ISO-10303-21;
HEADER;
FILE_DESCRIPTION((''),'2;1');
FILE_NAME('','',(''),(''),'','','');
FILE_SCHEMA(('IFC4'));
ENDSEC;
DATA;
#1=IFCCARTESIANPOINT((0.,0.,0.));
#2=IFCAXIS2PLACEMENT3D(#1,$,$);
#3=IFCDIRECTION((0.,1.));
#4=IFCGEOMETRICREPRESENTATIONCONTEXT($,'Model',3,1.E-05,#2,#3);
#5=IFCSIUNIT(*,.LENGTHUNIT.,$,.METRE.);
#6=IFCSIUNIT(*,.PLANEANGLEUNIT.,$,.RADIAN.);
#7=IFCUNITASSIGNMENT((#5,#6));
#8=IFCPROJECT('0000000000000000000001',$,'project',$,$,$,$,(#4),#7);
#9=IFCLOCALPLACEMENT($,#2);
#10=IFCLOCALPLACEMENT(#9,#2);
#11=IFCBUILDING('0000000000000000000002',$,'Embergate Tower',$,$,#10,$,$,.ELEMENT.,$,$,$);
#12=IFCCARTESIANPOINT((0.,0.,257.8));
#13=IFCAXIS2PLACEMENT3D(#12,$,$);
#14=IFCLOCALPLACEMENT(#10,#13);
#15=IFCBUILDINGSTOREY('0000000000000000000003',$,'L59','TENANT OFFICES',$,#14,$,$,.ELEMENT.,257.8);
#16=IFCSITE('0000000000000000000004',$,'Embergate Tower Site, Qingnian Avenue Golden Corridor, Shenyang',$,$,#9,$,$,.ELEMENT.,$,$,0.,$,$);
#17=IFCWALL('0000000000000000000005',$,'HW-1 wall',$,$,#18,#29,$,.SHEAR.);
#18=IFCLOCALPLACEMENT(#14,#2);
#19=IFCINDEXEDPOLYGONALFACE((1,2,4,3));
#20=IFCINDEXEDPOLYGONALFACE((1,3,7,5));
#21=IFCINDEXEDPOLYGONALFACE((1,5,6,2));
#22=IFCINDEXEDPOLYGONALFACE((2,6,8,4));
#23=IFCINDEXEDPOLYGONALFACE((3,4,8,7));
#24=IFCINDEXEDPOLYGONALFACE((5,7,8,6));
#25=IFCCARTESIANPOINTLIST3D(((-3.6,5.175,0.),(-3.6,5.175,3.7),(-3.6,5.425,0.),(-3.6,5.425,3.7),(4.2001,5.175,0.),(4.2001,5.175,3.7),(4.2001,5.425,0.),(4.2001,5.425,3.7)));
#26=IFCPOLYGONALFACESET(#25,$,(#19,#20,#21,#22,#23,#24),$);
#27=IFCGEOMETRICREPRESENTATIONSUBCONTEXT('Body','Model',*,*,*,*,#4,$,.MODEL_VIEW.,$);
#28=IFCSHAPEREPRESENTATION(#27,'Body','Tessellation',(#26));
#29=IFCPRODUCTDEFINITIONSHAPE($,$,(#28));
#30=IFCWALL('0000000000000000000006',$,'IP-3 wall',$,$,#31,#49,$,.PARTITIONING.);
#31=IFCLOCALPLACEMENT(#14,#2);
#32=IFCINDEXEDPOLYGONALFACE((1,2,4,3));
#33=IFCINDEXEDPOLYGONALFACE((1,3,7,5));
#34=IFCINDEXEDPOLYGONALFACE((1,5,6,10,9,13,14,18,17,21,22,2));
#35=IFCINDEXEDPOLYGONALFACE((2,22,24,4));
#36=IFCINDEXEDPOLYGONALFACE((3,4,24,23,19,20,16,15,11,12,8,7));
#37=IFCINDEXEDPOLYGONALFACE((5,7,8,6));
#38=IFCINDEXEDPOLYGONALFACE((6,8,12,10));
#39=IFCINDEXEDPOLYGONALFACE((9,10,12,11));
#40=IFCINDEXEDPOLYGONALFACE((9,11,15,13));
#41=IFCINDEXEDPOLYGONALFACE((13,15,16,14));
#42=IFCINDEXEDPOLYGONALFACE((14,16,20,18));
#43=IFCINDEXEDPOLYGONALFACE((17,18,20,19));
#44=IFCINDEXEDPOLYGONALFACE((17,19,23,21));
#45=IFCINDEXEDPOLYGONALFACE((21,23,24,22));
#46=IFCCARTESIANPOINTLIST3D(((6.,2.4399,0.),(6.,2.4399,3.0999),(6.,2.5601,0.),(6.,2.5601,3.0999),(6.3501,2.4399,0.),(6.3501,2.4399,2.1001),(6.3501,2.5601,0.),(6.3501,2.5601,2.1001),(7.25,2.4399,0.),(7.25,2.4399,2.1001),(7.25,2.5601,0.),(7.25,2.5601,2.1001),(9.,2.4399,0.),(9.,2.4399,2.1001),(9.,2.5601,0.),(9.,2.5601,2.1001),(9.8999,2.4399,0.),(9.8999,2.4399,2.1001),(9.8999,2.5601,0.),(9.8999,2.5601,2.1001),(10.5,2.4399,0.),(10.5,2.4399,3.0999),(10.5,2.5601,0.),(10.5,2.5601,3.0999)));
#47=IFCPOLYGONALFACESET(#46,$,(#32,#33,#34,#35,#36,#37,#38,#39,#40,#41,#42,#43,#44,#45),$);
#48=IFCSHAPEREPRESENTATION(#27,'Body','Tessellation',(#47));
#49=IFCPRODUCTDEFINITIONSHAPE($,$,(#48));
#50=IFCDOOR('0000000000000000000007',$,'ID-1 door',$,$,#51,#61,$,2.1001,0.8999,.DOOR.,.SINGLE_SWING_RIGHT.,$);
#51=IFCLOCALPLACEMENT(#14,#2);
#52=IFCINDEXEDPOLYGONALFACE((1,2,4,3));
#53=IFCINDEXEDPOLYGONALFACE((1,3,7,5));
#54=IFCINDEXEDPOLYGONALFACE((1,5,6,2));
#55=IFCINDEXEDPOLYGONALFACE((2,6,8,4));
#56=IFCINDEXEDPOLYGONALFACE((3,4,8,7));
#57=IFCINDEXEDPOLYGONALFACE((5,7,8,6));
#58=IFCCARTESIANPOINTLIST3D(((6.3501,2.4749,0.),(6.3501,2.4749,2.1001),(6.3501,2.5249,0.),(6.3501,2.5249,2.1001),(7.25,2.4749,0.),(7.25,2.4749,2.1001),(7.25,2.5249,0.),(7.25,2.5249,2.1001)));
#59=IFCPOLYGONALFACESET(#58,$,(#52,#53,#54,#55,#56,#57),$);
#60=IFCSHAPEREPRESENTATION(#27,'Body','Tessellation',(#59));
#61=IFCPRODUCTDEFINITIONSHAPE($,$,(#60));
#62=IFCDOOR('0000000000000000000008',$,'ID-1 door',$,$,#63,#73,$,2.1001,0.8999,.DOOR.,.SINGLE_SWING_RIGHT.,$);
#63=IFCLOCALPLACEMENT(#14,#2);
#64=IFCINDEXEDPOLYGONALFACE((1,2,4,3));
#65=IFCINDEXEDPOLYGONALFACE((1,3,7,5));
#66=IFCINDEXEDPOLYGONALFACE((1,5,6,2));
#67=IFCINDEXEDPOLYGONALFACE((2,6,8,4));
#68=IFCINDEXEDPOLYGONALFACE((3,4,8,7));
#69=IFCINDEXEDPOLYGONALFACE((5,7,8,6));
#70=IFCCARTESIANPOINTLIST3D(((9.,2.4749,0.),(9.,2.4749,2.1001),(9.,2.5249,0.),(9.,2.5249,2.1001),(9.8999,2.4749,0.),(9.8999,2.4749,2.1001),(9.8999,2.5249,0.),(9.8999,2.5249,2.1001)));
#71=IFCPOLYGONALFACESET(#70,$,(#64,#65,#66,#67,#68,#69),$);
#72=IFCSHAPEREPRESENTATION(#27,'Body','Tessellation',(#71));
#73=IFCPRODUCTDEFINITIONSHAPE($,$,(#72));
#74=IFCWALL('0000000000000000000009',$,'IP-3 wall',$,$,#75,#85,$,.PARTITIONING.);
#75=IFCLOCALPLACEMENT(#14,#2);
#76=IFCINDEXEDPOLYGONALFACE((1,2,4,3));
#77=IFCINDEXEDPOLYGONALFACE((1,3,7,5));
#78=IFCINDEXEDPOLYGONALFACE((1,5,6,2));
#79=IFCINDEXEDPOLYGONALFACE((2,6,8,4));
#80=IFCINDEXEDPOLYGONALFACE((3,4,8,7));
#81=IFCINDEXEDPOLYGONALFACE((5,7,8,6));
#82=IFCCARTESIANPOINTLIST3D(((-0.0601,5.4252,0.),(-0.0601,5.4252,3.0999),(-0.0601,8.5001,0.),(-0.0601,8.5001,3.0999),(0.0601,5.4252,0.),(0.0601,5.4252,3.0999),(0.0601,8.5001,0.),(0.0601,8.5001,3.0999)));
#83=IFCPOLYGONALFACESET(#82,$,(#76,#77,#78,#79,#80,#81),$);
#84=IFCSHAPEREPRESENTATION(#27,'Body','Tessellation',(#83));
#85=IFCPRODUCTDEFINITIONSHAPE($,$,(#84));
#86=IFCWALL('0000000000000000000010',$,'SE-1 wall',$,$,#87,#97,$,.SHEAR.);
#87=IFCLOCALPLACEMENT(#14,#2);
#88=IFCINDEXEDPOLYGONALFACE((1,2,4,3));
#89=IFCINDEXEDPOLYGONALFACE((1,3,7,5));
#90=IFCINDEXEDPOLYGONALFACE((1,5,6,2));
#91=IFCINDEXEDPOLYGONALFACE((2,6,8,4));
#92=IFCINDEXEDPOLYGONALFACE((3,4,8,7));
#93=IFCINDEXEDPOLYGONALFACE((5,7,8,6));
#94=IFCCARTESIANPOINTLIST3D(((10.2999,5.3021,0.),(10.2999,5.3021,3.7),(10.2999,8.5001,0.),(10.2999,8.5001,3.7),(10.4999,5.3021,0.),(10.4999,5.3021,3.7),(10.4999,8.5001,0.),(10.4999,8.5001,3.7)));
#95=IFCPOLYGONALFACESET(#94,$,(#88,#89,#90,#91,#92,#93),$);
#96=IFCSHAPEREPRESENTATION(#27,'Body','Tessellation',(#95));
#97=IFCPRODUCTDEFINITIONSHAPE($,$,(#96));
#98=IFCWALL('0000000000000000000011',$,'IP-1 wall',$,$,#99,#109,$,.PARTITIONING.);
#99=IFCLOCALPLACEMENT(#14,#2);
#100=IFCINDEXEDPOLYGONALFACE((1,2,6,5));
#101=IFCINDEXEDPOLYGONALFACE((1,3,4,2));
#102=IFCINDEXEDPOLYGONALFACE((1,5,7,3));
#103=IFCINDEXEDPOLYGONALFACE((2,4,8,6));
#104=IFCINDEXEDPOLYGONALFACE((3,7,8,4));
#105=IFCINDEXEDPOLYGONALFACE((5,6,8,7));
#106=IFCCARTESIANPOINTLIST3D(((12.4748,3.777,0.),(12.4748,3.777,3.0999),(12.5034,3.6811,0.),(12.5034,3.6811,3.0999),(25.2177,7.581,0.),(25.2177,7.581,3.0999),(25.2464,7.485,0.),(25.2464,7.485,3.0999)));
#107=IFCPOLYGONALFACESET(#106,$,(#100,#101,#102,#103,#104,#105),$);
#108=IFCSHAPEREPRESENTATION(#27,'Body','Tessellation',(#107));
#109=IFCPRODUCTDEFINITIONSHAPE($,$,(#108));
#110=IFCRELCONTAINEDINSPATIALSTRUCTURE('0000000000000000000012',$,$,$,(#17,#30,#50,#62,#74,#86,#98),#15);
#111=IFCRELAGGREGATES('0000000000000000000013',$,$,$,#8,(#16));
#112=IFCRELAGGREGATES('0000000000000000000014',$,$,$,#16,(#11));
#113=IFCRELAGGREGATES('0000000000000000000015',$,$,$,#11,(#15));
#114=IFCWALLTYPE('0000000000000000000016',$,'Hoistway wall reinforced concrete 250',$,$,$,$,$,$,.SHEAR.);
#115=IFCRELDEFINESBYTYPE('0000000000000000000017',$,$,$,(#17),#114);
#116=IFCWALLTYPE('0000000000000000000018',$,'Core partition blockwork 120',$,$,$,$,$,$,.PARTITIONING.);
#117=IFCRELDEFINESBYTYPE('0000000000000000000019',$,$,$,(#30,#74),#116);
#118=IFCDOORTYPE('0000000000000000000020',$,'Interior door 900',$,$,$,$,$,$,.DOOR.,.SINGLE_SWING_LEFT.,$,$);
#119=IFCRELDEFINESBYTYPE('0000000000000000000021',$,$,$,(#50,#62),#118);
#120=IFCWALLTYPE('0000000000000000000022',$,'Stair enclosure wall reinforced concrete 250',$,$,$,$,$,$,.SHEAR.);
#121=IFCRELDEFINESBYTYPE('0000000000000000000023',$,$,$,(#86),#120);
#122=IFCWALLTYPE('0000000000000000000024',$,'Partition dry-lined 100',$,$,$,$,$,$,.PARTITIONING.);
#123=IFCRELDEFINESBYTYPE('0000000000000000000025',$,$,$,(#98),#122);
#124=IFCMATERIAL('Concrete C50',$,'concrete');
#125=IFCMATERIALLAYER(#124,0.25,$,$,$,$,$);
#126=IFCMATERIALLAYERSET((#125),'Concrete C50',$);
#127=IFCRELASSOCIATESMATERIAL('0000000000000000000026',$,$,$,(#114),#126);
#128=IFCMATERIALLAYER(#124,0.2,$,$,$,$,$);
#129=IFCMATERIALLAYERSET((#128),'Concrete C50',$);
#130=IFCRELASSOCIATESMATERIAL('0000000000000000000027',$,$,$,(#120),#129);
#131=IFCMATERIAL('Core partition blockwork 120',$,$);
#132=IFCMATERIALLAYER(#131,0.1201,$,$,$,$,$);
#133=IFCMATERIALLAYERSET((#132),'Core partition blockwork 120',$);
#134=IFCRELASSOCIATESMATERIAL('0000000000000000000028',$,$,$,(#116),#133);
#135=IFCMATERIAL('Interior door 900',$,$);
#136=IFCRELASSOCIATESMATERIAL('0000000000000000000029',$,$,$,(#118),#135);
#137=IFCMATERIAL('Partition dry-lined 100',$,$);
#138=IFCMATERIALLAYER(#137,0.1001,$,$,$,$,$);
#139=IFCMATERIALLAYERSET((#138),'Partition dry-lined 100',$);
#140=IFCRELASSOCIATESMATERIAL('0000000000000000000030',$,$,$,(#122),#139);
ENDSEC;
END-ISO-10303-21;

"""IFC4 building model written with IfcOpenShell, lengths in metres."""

from ifc_helpers import new_model, si_unit, direction, frame, frame_2d, origin, place, context, subcontext, project, spatial, rectangle, extrude, source, transform, mapped, material, layer, layer_set, type_object, element, fill, save


model = new_model("IFC4")

# Units and contexts
model_context = context("Model", 3, precision=1e-05, world=origin(), true_north=direction((0.0, 1.0)))
body_context = subcontext(model_context, "Body", "Model", "MODEL_VIEW")
ifc_project = project(units=[si_unit("LENGTHUNIT", "METRE"), si_unit("PLANEANGLEUNIT", "RADIAN")], contexts=[model_context])

# Site, building, storey
site_placement = place(None, origin())
site = spatial("IfcSite", under=ifc_project, at=site_placement, Name="Embergate Tower Site, Qingnian Avenue Golden Corridor, Shenyang", CompositionType="ELEMENT", RefElevation=0.0)
building_placement = place(site_placement, origin())
building = spatial("IfcBuilding", under=site, at=building_placement, Name="Embergate Tower", CompositionType="ELEMENT")
storey_placement = place(building_placement, frame((0.0, 0.0, 257.8)))
storey = spatial("IfcBuildingStorey", under=building, at=storey_placement, Name="L59", Description="TENANT OFFICES", CompositionType="ELEMENT", Elevation=257.8)

# Shared definitions
ifc_material_1 = material(Name="Concrete C50", Category="concrete")
ifc_layer_1 = layer(ifc_material_1, 0.25)
ifc_layer_set_1 = layer_set([ifc_layer_1], Name="Concrete C50")
wall_type_1 = type_object("IfcWallType", Name="Hoistway wall reinforced concrete 250", PredefinedType="SHEAR", material=ifc_layer_set_1)

# Shared definitions
ifc_layer_2 = layer(ifc_material_1, 0.2)
ifc_layer_set_2 = layer_set([ifc_layer_2], Name="Concrete C50")
wall_type_2 = type_object("IfcWallType", Name="Stair enclosure wall reinforced concrete 250", PredefinedType="SHEAR", material=ifc_layer_set_2)
ifc_material_2 = material(Name="Core partition blockwork 120")
ifc_layer_3 = layer(ifc_material_2, 0.1201)
ifc_layer_set_3 = layer_set([ifc_layer_3], Name="Core partition blockwork 120")
wall_type_3 = type_object("IfcWallType", Name="Core partition blockwork 120", PredefinedType="PARTITIONING", material=ifc_layer_set_3)

# Wall
shared_shape_1 = source(origin(), body_context, "Body", "SweptSolid", [
    extrude(rectangle(XDim=7.8, YDim=0.25, at=frame_2d((3.8999, 0.0))), origin(), (0.0, 0.0, 1.0), 3.7),
])
wall_1_placement = place(storey_placement, frame((4.2, 5.3, 0.0), z_axis=(0.0, 0.0, 1.0), x_axis=(-1.0, 0.0, 0.0)))
element("IfcWall", 1, at=wall_1_placement, inside=storey, type_object=wall_type_1, Name="HW-1 wall", PredefinedType="SHEAR", context=body_context, shape_type="MappedRepresentation", body=[
    mapped(shared_shape_1, transform((0.0, 0.0, 0.0))),
])

# Wall, openings, doors
shared_shape_2 = source(origin(), body_context, "Body", "SweptSolid", [
    extrude(rectangle(XDim=4.5, YDim=0.1201, at=frame_2d((2.25, 0.0))), origin(), (0.0, 0.0, 1.0), 3.0999),
])
wall_2_placement = place(storey_placement, frame((6.0, 2.5, 0.0), z_axis=(0.0, 0.0, 1.0), x_axis=(1.0, 0.0, 0.0)))
wall_2 = element("IfcWall", 2, at=wall_2_placement, inside=storey, type_object=wall_type_3, Name="IP-3 wall", PredefinedType="PARTITIONING", context=body_context, shape_type="MappedRepresentation", body=[
    mapped(shared_shape_2, transform((0.0, 0.0, 0.0))),
])
shared_shape_3 = source(origin(), body_context, "Body", "SweptSolid", [
    extrude(rectangle(XDim=0.8999, YDim=2.1001, at=frame_2d((0.45, 1.05))), frame((0.0, 0.0701, 0.0), z_axis=(0.0, -1.0, 0.0), x_axis=(1.0, 0.0, 0.0)), (0.0, 0.0, 1.0), 0.1401),
])
opening_1_placement = place(wall_2_placement, frame((0.3501, 0.0, 0.0)))
opening_1 = element("IfcOpeningElement", 3, at=opening_1_placement, cuts=wall_2, PredefinedType="OPENING", context=body_context, shape_type="MappedRepresentation", body=[
    mapped(shared_shape_3, transform((0.0, 0.0, 0.0))),
])
opening_2_placement = place(wall_2_placement, frame((3.0, 0.0, 0.0)))
opening_2 = element("IfcOpeningElement", 4, at=opening_2_placement, cuts=wall_2, PredefinedType="OPENING", context=body_context, shape_type="MappedRepresentation", body=[
    mapped(shared_shape_3, transform((0.0, 0.0, 0.0))),
])
ifc_material_3 = material(Name="Interior door 900")
door_type_1 = type_object("IfcDoorType", Name="Interior door 900", OperationType="SINGLE_SWING_LEFT", PredefinedType="DOOR", material=ifc_material_3)
shared_shape_4 = source(origin(), body_context, "Body", "SweptSolid", [
    extrude(rectangle(XDim=0.8999, YDim=2.1001, at=frame_2d((0.45, 1.05))), frame((0.0, 0.0249, 0.0), z_axis=(0.0, -1.0, 0.0), x_axis=(1.0, 0.0, 0.0)), (0.0, 0.0, 1.0), 0.05),
])
door_1_placement = place(opening_1_placement, origin())
door_1 = element("IfcDoor", 5, at=door_1_placement, inside=storey, type_object=door_type_1, Name="ID-1 door", OperationType="SINGLE_SWING_RIGHT", OverallHeight=2.1001, OverallWidth=0.8999, PredefinedType="DOOR", context=body_context, shape_type="MappedRepresentation", body=[
    mapped(shared_shape_4, transform((0.0, 0.0, 0.0))),
])
fill(opening_1, door_1)
door_2_placement = place(opening_2_placement, origin())
door_2 = element("IfcDoor", 6, at=door_2_placement, inside=storey, type_object=door_type_1, Name="ID-1 door", OperationType="SINGLE_SWING_RIGHT", OverallHeight=2.1001, OverallWidth=0.8999, PredefinedType="DOOR", context=body_context, shape_type="MappedRepresentation", body=[
    mapped(shared_shape_4, transform((0.0, 0.0, 0.0))),
])
fill(opening_2, door_2)

# Walls
shared_shape_5 = source(origin(), body_context, "Body", "SweptSolid", [
    extrude(rectangle(XDim=3.075, YDim=0.1201, at=frame_2d((1.5376, 0.0))), origin(), (0.0, 0.0, 1.0), 3.0999),
])
wall_3_placement = place(storey_placement, frame((0.0, 5.425, 0.0), z_axis=(0.0, 0.0, 1.0), x_axis=(0.0, 1.0, 0.0)))
element("IfcWall", 7, at=wall_3_placement, inside=storey, type_object=wall_type_3, Name="IP-3 wall", PredefinedType="PARTITIONING", context=body_context, shape_type="MappedRepresentation", body=[
    mapped(shared_shape_5, transform((0.0, 0.0, 0.0))),
])
shared_shape_6 = source(origin(), body_context, "Body", "SweptSolid", [
    extrude(rectangle(XDim=3.198, YDim=0.2, at=frame_2d((1.5991, 0.0))), origin(), (0.0, 0.0, 1.0), 3.7),
])
wall_4_placement = place(storey_placement, frame((10.3999, 5.302, 0.0), z_axis=(0.0, 0.0, 1.0), x_axis=(0.0, 1.0, 0.0)))
element("IfcWall", 8, at=wall_4_placement, inside=storey, type_object=wall_type_2, Name="SE-1 wall", PredefinedType="SHEAR", context=body_context, shape_type="MappedRepresentation", body=[
    mapped(shared_shape_6, transform((0.0, 0.0, 0.0))),
])
ifc_material_4 = material(Name="Partition dry-lined 100")
ifc_layer_4 = layer(ifc_material_4, 0.1001)
ifc_layer_set_4 = layer_set([ifc_layer_4], Name="Partition dry-lined 100")
wall_type_4 = type_object("IfcWallType", Name="Partition dry-lined 100", PredefinedType="PARTITIONING", material=ifc_layer_set_4)
shared_shape_7 = source(origin(), body_context, "Body", "SweptSolid", [
    extrude(rectangle(XDim=13.2986, YDim=0.1001, at=frame_2d((6.6494, 0.0))), origin(), (0.0, 0.0, 1.0), 3.0999),
])
wall_5_placement = place(storey_placement, frame((12.489, 3.729, 0.0), z_axis=(0.0, 0.0, 1.0), x_axis=(0.958217, 0.286042, 0.0)))
element("IfcWall", 9, at=wall_5_placement, inside=storey, type_object=wall_type_4, Name="IP-1 wall", PredefinedType="PARTITIONING", context=body_context, shape_type="MappedRepresentation", body=[
    mapped(shared_shape_7, transform((0.0, 0.0, 0.0))),
])

save(model, "model.ifc")
